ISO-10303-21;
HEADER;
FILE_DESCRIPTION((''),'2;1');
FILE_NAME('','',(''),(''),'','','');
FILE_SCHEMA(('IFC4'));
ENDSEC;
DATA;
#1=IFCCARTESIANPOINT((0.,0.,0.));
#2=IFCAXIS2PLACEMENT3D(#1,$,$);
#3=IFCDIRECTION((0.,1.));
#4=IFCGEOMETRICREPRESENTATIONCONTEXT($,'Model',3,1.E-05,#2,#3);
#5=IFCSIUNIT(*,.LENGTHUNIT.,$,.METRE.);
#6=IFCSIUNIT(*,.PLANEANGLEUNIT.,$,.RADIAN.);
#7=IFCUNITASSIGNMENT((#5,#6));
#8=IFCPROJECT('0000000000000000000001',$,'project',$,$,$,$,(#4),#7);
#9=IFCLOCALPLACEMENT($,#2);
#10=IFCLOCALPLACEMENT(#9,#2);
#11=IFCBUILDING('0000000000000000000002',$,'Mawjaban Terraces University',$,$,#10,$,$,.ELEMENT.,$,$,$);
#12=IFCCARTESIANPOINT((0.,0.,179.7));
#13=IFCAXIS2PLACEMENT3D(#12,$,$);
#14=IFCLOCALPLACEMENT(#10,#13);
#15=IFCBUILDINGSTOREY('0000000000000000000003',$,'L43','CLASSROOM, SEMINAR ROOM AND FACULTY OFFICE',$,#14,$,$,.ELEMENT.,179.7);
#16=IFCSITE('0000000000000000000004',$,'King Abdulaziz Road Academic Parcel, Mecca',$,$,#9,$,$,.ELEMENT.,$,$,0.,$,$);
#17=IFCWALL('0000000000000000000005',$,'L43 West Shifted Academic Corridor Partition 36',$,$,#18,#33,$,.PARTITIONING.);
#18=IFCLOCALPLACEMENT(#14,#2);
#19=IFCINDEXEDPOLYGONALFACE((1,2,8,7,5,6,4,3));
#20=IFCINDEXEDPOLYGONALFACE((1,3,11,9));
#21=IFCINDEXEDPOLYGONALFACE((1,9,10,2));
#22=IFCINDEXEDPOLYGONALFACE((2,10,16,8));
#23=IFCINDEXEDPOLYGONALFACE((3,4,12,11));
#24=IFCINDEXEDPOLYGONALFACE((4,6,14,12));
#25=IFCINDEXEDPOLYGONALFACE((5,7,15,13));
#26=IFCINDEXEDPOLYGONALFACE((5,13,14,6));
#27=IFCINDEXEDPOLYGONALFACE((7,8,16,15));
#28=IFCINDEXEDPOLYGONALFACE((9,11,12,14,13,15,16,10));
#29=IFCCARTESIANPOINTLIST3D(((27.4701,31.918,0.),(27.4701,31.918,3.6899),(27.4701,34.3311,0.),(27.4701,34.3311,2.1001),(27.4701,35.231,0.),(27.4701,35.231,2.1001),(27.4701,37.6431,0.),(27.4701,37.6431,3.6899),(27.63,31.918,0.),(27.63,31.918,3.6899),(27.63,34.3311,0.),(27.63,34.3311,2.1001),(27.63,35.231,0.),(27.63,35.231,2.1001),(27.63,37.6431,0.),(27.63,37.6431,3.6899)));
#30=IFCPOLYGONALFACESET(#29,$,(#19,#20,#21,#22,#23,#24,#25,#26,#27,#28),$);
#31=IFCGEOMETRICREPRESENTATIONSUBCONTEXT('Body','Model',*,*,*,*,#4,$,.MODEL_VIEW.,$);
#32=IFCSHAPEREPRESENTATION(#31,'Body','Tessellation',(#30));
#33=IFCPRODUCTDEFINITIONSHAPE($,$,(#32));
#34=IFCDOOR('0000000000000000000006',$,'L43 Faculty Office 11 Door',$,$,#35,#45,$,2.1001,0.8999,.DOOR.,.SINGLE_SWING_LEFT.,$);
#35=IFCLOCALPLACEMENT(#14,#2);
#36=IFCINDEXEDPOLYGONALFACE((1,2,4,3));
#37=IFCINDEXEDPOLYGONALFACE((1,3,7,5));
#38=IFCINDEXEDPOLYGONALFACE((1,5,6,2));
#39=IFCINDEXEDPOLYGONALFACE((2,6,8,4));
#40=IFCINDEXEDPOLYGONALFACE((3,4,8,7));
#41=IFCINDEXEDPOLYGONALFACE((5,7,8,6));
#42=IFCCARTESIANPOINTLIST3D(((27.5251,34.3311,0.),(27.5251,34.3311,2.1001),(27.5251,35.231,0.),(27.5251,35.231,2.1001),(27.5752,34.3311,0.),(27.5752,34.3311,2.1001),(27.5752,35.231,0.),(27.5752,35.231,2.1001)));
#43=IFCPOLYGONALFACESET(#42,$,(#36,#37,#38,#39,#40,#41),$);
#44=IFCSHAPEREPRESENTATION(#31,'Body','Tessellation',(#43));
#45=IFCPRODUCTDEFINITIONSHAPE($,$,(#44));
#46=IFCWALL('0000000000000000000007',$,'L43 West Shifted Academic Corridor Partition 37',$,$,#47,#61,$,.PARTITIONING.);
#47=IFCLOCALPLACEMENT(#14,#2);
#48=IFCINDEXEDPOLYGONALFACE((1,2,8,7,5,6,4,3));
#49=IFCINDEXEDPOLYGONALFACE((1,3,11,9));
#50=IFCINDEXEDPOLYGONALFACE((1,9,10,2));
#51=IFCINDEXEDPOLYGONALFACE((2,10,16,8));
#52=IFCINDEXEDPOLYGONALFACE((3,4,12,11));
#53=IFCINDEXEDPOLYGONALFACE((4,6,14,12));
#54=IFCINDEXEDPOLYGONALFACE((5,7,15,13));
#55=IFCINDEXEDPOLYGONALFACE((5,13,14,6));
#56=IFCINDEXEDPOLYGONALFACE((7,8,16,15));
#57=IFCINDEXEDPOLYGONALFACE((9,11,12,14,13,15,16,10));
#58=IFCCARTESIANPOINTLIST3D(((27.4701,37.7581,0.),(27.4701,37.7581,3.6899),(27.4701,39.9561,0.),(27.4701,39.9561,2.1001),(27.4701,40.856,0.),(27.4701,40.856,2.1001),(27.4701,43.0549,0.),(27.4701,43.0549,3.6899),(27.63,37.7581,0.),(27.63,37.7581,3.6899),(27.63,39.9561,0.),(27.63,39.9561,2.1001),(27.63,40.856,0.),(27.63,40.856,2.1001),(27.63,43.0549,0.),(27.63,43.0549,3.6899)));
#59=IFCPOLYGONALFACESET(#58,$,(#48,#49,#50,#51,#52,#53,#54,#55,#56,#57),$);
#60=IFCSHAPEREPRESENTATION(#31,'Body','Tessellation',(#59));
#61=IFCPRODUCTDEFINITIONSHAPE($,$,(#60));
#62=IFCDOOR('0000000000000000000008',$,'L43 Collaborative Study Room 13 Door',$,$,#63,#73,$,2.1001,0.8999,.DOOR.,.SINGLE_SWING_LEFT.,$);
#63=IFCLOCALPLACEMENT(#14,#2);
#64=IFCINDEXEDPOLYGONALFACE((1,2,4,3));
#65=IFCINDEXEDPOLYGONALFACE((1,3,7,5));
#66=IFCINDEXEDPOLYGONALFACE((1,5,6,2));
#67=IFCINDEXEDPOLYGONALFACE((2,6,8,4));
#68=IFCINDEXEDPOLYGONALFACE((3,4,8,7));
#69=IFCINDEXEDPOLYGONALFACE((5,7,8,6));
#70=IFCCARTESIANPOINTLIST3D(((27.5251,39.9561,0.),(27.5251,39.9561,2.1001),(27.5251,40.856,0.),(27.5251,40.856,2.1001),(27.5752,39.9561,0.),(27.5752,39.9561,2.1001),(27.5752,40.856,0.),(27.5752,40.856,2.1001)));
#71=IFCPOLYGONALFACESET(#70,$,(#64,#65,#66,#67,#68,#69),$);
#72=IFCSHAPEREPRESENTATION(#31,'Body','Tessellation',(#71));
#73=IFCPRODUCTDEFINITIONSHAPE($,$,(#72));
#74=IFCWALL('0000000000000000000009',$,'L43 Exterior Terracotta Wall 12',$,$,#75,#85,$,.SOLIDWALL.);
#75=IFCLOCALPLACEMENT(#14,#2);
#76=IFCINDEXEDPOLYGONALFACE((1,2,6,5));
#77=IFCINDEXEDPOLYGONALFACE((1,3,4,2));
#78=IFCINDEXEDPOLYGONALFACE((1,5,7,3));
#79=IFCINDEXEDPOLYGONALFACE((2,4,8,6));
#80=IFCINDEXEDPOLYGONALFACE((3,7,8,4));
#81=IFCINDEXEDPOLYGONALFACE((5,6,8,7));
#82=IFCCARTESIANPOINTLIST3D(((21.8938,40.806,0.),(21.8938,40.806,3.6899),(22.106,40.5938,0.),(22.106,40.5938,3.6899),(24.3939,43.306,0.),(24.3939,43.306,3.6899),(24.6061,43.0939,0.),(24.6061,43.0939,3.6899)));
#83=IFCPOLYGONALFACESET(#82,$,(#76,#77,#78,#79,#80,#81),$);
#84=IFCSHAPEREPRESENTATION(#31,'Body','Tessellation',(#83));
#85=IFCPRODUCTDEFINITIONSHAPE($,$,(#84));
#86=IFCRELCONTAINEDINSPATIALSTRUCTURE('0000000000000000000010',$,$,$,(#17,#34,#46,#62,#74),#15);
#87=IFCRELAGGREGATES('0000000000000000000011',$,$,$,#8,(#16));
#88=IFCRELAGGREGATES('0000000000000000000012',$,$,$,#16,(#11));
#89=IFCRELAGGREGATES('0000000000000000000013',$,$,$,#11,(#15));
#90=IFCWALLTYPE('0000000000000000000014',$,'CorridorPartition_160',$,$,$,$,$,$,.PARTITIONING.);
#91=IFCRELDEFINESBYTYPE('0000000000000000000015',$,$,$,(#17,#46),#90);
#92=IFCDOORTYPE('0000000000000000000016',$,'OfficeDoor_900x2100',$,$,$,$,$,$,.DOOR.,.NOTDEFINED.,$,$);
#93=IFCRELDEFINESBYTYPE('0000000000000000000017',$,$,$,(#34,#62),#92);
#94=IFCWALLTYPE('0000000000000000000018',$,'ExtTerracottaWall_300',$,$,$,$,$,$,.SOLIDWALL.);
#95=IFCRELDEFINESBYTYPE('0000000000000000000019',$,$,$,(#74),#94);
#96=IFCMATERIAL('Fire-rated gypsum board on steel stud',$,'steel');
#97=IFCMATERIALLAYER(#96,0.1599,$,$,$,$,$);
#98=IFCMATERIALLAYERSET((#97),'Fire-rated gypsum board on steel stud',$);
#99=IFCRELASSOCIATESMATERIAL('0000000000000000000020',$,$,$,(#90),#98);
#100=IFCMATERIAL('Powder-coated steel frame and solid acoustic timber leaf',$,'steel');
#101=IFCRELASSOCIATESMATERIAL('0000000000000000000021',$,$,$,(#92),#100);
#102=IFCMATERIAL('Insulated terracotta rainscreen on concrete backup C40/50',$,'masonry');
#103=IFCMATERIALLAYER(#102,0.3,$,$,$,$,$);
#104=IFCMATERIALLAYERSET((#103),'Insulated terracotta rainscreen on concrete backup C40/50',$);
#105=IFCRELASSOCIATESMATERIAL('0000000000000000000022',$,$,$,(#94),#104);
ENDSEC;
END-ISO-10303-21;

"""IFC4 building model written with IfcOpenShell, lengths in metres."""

from ifc_helpers import new_model, si_unit, direction, frame, frame_2d, origin, place, context, subcontext, project, spatial, rectangle, extrude, material, layer, layer_set, type_object, element, fill, save


model = new_model("IFC4")

# Units and contexts
model_context = context("Model", 3, precision=1e-05, world=origin(), true_north=direction((0.0, 1.0)))
body_context = subcontext(model_context, "Body", "Model", "MODEL_VIEW")
ifc_project = project(units=[si_unit("LENGTHUNIT", "METRE"), si_unit("PLANEANGLEUNIT", "RADIAN")], contexts=[model_context])

# Site, building, storey
site_placement = place(None, origin())
site = spatial("IfcSite", under=ifc_project, at=site_placement, Name="King Abdulaziz Road Academic Parcel, Mecca", CompositionType="ELEMENT", RefElevation=0.0)
building_placement = place(site_placement, origin())
building = spatial("IfcBuilding", under=site, at=building_placement, Name="Mawjaban Terraces University", CompositionType="ELEMENT")
storey_placement = place(building_placement, frame((0.0, 0.0, 179.7)))
storey = spatial("IfcBuildingStorey", under=building, at=storey_placement, Name="L43", Description="CLASSROOM, SEMINAR ROOM AND FACULTY OFFICE", CompositionType="ELEMENT", Elevation=179.7)

# Walls, openings, doors
ifc_material_1 = material(Name="Powder-coated steel frame and solid acoustic timber leaf", Category="steel")
ifc_material_2 = material(Name="Fire-rated gypsum board on steel stud", Category="steel")
ifc_layer_1 = layer(ifc_material_2, 0.1599)
ifc_layer_set_1 = layer_set([ifc_layer_1], Name="Fire-rated gypsum board on steel stud")
wall_type_1 = type_object("IfcWallType", Name="CorridorPartition_160", PredefinedType="PARTITIONING", material=ifc_layer_set_1)
door_type_1 = type_object("IfcDoorType", Name="OfficeDoor_900x2100", OperationType="NOTDEFINED", PredefinedType="DOOR", material=ifc_material_1)
wall_1_placement = place(storey_placement, frame((27.55, 31.918, 0.0), z_axis=(0.0, 0.0, 1.0), x_axis=(0.0, 1.0, 0.0)))
wall_1 = element("IfcWall", 1, at=wall_1_placement, inside=storey, type_object=wall_type_1, Name="L43 West Shifted Academic Corridor Partition 36", PredefinedType="PARTITIONING", context=body_context, shape_type="SweptSolid", body=[
    extrude(rectangle(XDim=5.7251, YDim=0.1599, at=frame_2d((2.8625, 0.0))), origin(), (0.0, 0.0, 1.0), 3.6899),
])
opening_1_placement = place(wall_1_placement, frame((2.4131, 0.0, 0.0)))
opening_1 = element("IfcOpeningElement", 2, at=opening_1_placement, cuts=wall_1, PredefinedType="OPENING", context=body_context, shape_type="SweptSolid", body=[
    extrude(rectangle(XDim=0.8999, YDim=2.1001, at=frame_2d((0.45, 1.05))), frame((0.0, 0.0898, 0.0), z_axis=(0.0, -1.0, 0.0), x_axis=(1.0, 0.0, 0.0)), (0.0, 0.0, 1.0), 0.1799),
])
door_1_placement = place(opening_1_placement, origin())
door_1 = element("IfcDoor", 3, at=door_1_placement, inside=storey, type_object=door_type_1, Name="L43 Faculty Office 11 Door", OperationType="SINGLE_SWING_LEFT", OverallHeight=2.1001, OverallWidth=0.8999, PredefinedType="DOOR", context=body_context, shape_type="SweptSolid", body=[
    extrude(rectangle(XDim=0.8999, YDim=2.1001, at=frame_2d((0.45, 1.05))), frame((0.0, 0.0249, 0.0), z_axis=(0.0, -1.0, 0.0), x_axis=(1.0, 0.0, 0.0)), (0.0, 0.0, 1.0), 0.05),
])
fill(opening_1, door_1)
wall_2_placement = place(storey_placement, frame((27.55, 37.7581, 0.0), z_axis=(0.0, 0.0, 1.0), x_axis=(0.0, 1.0, 0.0)))
wall_2 = element("IfcWall", 4, at=wall_2_placement, inside=storey, type_object=wall_type_1, Name="L43 West Shifted Academic Corridor Partition 37", PredefinedType="PARTITIONING", context=body_context, shape_type="SweptSolid", body=[
    extrude(rectangle(XDim=5.2969, YDim=0.1599, at=frame_2d((2.6484, 0.0))), origin(), (0.0, 0.0, 1.0), 3.6899),
])
opening_2_placement = place(wall_2_placement, frame((2.198, 0.0, 0.0)))
opening_2 = element("IfcOpeningElement", 5, at=opening_2_placement, cuts=wall_2, PredefinedType="OPENING", context=body_context, shape_type="SweptSolid", body=[
    extrude(rectangle(XDim=0.8999, YDim=2.1001, at=frame_2d((0.45, 1.05))), frame((0.0, 0.0898, 0.0), z_axis=(0.0, -1.0, 0.0), x_axis=(1.0, 0.0, 0.0)), (0.0, 0.0, 1.0), 0.1799),
])
door_2_placement = place(opening_2_placement, origin())
door_2 = element("IfcDoor", 6, at=door_2_placement, inside=storey, type_object=door_type_1, Name="L43 Collaborative Study Room 13 Door", OperationType="SINGLE_SWING_LEFT", OverallHeight=2.1001, OverallWidth=0.8999, PredefinedType="DOOR", context=body_context, shape_type="SweptSolid", body=[
    extrude(rectangle(XDim=0.8999, YDim=2.1001, at=frame_2d((0.45, 1.05))), frame((0.0, 0.0249, 0.0), z_axis=(0.0, -1.0, 0.0), x_axis=(1.0, 0.0, 0.0)), (0.0, 0.0, 1.0), 0.05),
])
fill(opening_2, door_2)

# Wall
ifc_material_3 = material(Name="Insulated terracotta rainscreen on concrete backup C40/50", Category="masonry")
ifc_layer_2 = layer(ifc_material_3, 0.3)
ifc_layer_set_2 = layer_set([ifc_layer_2], Name="Insulated terracotta rainscreen on concrete backup C40/50")
wall_type_2 = type_object("IfcWallType", Name="ExtTerracottaWall_300", PredefinedType="SOLIDWALL", material=ifc_layer_set_2)
wall_3_placement = place(storey_placement, frame((24.5, 43.2, 0.0), z_axis=(0.0, 0.0, 1.0), x_axis=(-0.707107, -0.707107, 0.0)))
element("IfcWall", 7, at=wall_3_placement, inside=storey, type_object=wall_type_2, Name="L43 Exterior Terracotta Wall 12", PredefinedType="SOLIDWALL", context=body_context, shape_type="SweptSolid", body=[
    extrude(rectangle(XDim=3.5356, YDim=0.3, at=frame_2d((1.7678, 0.0))), origin(), (0.0, 0.0, 1.0), 3.6899),
])

save(model, "model.ifc")
